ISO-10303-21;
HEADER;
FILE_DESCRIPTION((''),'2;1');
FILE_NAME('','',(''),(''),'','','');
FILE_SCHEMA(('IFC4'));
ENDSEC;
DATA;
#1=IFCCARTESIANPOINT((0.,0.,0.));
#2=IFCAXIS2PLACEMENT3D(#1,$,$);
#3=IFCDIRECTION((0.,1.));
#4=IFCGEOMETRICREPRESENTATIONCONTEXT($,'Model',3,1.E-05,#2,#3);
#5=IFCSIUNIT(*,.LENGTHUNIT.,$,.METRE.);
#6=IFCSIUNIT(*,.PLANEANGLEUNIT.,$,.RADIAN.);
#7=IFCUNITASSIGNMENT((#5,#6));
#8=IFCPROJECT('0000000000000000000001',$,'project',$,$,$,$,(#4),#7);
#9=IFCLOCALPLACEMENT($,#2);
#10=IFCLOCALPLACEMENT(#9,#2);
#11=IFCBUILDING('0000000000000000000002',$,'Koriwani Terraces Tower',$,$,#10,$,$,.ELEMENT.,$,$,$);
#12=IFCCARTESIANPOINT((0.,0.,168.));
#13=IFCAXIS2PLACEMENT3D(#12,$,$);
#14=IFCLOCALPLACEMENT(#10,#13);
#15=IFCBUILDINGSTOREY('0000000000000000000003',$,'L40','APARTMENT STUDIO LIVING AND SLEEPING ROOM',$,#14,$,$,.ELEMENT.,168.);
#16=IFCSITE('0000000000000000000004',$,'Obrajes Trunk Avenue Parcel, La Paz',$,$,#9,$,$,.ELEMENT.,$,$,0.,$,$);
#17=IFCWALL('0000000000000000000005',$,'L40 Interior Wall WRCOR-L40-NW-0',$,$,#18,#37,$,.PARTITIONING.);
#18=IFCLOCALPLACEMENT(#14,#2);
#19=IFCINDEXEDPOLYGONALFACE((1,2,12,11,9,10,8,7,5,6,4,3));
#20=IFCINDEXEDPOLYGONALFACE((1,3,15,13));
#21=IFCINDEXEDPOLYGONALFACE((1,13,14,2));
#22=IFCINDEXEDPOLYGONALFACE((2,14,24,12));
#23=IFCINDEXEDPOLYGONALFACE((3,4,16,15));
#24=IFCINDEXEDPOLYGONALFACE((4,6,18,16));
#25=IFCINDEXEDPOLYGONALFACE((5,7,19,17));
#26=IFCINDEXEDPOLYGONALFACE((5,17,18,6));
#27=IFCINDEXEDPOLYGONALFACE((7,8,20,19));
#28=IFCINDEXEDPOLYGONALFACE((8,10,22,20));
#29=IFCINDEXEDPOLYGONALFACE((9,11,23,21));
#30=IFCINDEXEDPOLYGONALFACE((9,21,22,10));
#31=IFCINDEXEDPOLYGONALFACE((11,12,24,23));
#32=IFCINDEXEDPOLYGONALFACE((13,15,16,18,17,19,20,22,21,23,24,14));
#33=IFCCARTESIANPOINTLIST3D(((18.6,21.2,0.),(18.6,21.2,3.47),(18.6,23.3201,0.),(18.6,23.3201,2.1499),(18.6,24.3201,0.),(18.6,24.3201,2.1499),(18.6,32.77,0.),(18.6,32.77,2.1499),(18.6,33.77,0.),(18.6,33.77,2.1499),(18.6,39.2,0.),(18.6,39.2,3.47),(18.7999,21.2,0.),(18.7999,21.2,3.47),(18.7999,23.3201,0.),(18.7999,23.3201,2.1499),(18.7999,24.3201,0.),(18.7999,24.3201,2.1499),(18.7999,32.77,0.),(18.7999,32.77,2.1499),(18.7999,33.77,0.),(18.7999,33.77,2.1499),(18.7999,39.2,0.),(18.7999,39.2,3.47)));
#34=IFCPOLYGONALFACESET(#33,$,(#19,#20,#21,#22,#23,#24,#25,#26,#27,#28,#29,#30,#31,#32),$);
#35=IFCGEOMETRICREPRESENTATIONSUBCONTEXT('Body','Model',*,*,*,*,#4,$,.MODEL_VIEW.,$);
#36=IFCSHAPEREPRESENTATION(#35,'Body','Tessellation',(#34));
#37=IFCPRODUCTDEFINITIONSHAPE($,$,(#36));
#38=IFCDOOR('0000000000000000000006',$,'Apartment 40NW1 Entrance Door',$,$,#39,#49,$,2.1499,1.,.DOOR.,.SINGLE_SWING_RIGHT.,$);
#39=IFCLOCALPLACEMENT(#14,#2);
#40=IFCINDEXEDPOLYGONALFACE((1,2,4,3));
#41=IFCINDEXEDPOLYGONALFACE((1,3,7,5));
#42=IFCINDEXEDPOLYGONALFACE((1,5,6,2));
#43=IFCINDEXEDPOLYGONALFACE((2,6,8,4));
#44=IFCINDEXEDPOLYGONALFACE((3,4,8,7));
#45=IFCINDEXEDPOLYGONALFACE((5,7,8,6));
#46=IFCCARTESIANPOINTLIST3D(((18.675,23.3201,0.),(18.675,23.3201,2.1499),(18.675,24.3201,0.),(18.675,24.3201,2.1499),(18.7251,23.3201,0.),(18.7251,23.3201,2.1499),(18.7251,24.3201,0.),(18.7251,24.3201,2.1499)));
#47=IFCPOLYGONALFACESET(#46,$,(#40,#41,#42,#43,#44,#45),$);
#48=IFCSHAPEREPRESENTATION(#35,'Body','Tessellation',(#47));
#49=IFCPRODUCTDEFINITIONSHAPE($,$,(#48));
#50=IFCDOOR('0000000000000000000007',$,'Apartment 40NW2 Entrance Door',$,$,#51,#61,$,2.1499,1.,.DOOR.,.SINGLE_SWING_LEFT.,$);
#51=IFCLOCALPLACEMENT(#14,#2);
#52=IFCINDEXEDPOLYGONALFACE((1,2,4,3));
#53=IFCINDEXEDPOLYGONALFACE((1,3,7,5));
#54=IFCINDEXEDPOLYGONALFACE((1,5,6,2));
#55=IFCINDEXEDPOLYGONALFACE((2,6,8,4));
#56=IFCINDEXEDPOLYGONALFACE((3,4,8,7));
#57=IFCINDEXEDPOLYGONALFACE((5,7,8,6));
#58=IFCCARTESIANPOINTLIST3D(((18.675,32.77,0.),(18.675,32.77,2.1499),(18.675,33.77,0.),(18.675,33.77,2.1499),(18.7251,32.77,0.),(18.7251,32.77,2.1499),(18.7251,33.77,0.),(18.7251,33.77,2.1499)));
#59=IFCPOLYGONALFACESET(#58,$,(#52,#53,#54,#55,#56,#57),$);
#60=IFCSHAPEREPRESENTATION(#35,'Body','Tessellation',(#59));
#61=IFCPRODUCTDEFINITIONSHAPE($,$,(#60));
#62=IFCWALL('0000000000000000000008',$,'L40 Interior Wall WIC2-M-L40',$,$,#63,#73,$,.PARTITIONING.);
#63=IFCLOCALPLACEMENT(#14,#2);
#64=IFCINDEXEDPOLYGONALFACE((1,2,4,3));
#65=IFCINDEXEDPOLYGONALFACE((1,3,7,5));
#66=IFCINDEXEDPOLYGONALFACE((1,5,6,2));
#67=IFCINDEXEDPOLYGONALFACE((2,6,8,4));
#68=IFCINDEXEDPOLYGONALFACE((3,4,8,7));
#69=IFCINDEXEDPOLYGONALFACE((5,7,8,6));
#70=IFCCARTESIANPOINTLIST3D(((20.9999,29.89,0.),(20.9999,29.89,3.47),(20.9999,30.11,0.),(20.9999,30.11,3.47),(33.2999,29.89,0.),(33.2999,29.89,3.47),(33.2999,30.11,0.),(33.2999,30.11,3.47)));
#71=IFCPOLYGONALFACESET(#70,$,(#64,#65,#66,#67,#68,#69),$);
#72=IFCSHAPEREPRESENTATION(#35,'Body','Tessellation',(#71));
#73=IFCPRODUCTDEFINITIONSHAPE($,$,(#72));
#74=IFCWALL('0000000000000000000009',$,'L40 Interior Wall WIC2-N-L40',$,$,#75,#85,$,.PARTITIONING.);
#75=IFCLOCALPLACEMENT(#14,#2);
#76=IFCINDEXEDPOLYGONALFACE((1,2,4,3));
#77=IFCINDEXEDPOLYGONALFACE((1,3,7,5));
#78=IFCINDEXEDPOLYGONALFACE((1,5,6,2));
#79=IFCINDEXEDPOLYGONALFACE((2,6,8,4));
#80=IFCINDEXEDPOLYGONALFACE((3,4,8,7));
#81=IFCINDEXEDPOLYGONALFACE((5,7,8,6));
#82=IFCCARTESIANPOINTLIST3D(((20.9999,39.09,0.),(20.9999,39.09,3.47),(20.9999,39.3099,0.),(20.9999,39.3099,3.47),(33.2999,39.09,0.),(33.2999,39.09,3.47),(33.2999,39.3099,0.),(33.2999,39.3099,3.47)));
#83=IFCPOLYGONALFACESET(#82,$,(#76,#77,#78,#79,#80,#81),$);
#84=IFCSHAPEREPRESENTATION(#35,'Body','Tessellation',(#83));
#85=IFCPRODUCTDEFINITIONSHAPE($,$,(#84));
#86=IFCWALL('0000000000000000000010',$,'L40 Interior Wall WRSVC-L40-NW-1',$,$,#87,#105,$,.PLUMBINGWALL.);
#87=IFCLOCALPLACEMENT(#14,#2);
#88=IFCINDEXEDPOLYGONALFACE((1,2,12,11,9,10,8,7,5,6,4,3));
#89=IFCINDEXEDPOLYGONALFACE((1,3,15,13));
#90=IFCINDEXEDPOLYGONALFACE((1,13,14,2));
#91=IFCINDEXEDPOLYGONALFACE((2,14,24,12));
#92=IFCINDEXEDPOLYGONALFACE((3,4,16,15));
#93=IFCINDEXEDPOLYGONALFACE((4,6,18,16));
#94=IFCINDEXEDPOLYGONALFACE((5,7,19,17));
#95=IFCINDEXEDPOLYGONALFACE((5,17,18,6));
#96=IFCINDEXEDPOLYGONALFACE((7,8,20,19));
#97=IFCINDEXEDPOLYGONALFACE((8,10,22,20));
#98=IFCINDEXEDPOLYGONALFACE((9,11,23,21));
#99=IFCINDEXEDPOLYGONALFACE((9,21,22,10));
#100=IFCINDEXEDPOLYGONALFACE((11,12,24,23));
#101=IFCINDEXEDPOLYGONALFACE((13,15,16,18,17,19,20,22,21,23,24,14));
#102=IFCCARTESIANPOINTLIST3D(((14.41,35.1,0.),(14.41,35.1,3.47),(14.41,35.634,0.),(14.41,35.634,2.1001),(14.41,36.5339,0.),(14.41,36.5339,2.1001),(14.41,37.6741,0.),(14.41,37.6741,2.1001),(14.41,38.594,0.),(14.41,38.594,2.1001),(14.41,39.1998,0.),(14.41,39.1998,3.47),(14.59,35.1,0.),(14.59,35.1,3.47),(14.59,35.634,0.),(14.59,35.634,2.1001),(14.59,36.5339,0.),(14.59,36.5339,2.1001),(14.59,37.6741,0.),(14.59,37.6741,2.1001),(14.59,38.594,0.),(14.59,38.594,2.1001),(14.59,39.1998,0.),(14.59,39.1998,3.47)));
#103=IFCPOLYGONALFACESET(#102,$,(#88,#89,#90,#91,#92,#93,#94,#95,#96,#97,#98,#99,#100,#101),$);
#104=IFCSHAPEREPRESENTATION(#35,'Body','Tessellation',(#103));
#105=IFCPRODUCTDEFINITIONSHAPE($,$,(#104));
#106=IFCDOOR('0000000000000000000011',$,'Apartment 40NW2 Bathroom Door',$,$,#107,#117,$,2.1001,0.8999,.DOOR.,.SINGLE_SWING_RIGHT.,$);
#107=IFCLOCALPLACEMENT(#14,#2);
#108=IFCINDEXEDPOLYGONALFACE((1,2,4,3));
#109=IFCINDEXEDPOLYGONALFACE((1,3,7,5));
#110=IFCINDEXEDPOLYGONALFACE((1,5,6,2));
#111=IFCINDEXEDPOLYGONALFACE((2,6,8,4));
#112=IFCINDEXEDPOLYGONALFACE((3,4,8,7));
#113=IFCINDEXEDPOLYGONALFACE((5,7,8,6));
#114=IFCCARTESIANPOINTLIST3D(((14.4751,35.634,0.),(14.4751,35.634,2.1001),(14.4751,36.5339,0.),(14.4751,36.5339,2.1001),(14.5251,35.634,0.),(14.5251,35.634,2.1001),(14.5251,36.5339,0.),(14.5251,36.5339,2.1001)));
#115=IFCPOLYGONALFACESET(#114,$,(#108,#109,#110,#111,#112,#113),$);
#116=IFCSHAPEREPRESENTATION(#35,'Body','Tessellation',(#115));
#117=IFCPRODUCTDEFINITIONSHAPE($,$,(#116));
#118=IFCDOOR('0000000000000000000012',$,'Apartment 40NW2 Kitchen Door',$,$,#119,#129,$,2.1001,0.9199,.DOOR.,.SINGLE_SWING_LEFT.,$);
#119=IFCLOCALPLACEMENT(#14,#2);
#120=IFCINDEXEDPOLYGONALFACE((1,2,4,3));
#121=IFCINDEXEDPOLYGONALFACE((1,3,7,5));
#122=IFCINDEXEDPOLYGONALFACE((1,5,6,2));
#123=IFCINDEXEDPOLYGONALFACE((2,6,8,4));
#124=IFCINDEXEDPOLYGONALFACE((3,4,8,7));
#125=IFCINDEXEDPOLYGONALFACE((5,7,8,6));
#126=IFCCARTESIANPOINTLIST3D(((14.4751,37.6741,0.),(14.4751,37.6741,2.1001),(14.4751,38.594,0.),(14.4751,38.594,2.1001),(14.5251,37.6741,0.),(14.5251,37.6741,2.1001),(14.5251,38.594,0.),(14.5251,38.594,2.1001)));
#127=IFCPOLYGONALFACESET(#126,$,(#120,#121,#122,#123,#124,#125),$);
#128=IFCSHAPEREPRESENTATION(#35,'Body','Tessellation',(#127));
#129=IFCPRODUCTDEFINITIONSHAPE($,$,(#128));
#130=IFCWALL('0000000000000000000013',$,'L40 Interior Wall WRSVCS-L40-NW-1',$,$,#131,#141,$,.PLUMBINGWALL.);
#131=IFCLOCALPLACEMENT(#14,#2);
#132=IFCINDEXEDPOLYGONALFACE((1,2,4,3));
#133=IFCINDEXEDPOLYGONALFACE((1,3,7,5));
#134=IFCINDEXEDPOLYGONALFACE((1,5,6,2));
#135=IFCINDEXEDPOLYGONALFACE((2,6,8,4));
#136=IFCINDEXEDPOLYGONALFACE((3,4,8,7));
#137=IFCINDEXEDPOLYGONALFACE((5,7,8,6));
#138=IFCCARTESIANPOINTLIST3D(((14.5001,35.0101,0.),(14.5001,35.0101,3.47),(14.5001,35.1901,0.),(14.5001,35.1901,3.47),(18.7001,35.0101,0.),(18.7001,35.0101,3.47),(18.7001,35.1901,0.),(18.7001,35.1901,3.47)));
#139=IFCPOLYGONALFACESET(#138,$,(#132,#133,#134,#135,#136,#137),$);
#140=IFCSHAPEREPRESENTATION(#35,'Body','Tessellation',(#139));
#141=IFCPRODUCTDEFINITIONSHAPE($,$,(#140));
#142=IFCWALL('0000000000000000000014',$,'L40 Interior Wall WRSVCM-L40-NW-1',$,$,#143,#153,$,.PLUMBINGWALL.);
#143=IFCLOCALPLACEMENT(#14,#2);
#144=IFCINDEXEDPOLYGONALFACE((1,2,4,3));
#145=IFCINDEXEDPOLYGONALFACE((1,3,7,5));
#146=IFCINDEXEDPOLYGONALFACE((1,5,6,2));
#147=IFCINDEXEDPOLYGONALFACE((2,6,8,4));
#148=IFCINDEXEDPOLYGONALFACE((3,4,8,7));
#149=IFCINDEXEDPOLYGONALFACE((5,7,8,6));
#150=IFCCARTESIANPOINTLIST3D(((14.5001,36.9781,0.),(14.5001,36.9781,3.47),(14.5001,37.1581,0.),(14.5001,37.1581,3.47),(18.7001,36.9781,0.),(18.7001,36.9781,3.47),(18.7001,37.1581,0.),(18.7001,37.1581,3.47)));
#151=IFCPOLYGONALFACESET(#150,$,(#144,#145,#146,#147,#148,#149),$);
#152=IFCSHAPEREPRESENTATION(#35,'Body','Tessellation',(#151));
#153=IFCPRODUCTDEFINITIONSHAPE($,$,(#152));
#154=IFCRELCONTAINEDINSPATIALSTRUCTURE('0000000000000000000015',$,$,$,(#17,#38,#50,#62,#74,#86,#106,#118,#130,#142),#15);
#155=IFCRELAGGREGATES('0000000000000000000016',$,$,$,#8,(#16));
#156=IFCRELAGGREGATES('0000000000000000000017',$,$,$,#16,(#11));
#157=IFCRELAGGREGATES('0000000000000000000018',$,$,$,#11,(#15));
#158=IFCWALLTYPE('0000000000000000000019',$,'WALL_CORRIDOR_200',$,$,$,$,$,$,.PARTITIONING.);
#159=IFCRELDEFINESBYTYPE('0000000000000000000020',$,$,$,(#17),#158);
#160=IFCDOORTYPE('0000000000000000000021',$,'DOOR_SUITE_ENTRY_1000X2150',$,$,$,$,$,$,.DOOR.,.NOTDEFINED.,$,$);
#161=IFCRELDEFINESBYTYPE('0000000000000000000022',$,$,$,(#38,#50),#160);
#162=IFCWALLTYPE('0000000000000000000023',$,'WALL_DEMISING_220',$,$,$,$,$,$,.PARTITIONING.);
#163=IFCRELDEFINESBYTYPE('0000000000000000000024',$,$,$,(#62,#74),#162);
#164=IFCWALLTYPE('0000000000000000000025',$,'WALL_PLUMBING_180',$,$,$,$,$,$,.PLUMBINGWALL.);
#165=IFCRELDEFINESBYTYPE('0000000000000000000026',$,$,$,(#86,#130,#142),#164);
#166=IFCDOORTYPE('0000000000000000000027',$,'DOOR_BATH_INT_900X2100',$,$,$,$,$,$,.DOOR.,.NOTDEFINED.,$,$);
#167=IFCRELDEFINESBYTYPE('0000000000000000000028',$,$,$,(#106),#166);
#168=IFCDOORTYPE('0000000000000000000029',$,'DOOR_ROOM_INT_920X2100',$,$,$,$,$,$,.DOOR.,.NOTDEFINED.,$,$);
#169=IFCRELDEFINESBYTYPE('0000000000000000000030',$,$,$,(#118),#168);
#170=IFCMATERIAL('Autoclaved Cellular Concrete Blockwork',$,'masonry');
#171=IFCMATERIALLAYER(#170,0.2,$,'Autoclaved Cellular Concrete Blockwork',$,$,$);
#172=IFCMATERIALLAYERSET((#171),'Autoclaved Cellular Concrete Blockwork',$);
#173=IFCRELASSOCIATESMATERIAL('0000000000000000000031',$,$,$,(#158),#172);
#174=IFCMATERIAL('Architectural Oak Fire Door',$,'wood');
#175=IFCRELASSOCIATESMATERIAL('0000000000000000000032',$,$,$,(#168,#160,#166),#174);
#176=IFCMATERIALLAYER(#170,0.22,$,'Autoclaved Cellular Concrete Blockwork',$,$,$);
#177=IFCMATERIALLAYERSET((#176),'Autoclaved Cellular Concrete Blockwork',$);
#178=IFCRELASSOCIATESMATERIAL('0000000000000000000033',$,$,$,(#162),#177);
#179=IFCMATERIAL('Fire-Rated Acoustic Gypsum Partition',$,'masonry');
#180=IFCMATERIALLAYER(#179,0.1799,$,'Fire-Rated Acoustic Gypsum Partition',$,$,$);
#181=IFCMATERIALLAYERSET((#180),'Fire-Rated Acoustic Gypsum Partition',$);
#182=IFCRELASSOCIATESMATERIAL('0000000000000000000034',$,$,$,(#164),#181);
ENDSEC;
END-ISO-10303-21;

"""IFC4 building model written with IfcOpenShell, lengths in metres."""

from ifc_helpers import new_model, si_unit, direction, frame, frame_2d, origin, place, context, subcontext, project, spatial, rectangle, extrude, material, layer, layer_set, type_object, element, fill, save


model = new_model("IFC4")

# Units and contexts
model_context = context("Model", 3, precision=1e-05, world=origin(), true_north=direction((0.0, 1.0)))
body_context = subcontext(model_context, "Body", "Model", "MODEL_VIEW")
ifc_project = project(units=[si_unit("LENGTHUNIT", "METRE"), si_unit("PLANEANGLEUNIT", "RADIAN")], contexts=[model_context])

# Site, building, storey
site_placement = place(None, origin())
site = spatial("IfcSite", under=ifc_project, at=site_placement, Name="Obrajes Trunk Avenue Parcel, La Paz", CompositionType="ELEMENT", RefElevation=0.0)
building_placement = place(site_placement, origin())
building = spatial("IfcBuilding", under=site, at=building_placement, Name="Koriwani Terraces Tower", CompositionType="ELEMENT")
storey_placement = place(building_placement, frame((0.0, 0.0, 168.0)))
storey = spatial("IfcBuildingStorey", under=building, at=storey_placement, Name="L40", Description="APARTMENT STUDIO LIVING AND SLEEPING ROOM", CompositionType="ELEMENT", Elevation=168.0)

# Shared definitions
ifc_material_1 = material(Name="Autoclaved Cellular Concrete Blockwork", Category="masonry")
ifc_layer_1 = layer(ifc_material_1, 0.2, Name="Autoclaved Cellular Concrete Blockwork")
ifc_layer_set_1 = layer_set([ifc_layer_1], Name="Autoclaved Cellular Concrete Blockwork")
wall_type_1 = type_object("IfcWallType", Name="WALL_CORRIDOR_200", PredefinedType="PARTITIONING", material=ifc_layer_set_1)
ifc_material_2 = material(Name="Architectural Oak Fire Door", Category="wood")
door_type_1 = type_object("IfcDoorType", Name="DOOR_ROOM_INT_920X2100", OperationType="NOTDEFINED", PredefinedType="DOOR", material=ifc_material_2)

# Wall, openings, doors
wall_1_placement = place(storey_placement, frame((18.7, 21.2, 0.0), z_axis=(0.0, 0.0, 1.0), x_axis=(0.0, 1.0, 0.0)))
wall_1 = element("IfcWall", 1, at=wall_1_placement, inside=storey, type_object=wall_type_1, Name="L40 Interior Wall WRCOR-L40-NW-0", PredefinedType="PARTITIONING", context=body_context, shape_type="SweptSolid", body=[
    extrude(rectangle(XDim=18.0, YDim=0.2, at=frame_2d((9.0, 0.0))), origin(), (0.0, 0.0, 1.0), 3.47),
])
opening_1_placement = place(wall_1_placement, frame((2.1201, 0.0, 0.0)))
opening_1 = element("IfcOpeningElement", 2, at=opening_1_placement, cuts=wall_1, PredefinedType="OPENING", context=body_context, shape_type="SweptSolid", body=[
    extrude(rectangle(XDim=1.0, YDim=2.1499, at=frame_2d((0.5, 1.075))), frame((0.0, 0.1099, 0.0), z_axis=(0.0, -1.0, 0.0), x_axis=(1.0, 0.0, 0.0)), (0.0, 0.0, 1.0), 0.22),
])
opening_2_placement = place(wall_1_placement, frame((11.5701, 0.0, 0.0)))
opening_2 = element("IfcOpeningElement", 3, at=opening_2_placement, cuts=wall_1, PredefinedType="OPENING", context=body_context, shape_type="SweptSolid", body=[
    extrude(rectangle(XDim=1.0, YDim=2.1499, at=frame_2d((0.5, 1.075))), frame((0.0, 0.1099, 0.0), z_axis=(0.0, -1.0, 0.0), x_axis=(1.0, 0.0, 0.0)), (0.0, 0.0, 1.0), 0.22),
])
door_type_2 = type_object("IfcDoorType", Name="DOOR_SUITE_ENTRY_1000X2150", OperationType="NOTDEFINED", PredefinedType="DOOR", material=ifc_material_2)
door_1_placement = place(opening_1_placement, origin())
door_1 = element("IfcDoor", 4, at=door_1_placement, inside=storey, type_object=door_type_2, Name="Apartment 40NW1 Entrance Door", OperationType="SINGLE_SWING_RIGHT", OverallHeight=2.1499, OverallWidth=1.0, PredefinedType="DOOR", context=body_context, shape_type="SweptSolid", body=[
    extrude(rectangle(XDim=1.0, YDim=2.1499, at=frame_2d((0.5, 1.075))), frame((0.0, 0.0249, 0.0), z_axis=(0.0, -1.0, 0.0), x_axis=(1.0, 0.0, 0.0)), (0.0, 0.0, 1.0), 0.05),
])
fill(opening_1, door_1)
door_2_placement = place(opening_2_placement, origin())
door_2 = element("IfcDoor", 5, at=door_2_placement, inside=storey, type_object=door_type_2, Name="Apartment 40NW2 Entrance Door", OperationType="SINGLE_SWING_LEFT", OverallHeight=2.1499, OverallWidth=1.0, PredefinedType="DOOR", context=body_context, shape_type="SweptSolid", body=[
    extrude(rectangle(XDim=1.0, YDim=2.1499, at=frame_2d((0.5, 1.075))), frame((0.0, 0.0249, 0.0), z_axis=(0.0, -1.0, 0.0), x_axis=(1.0, 0.0, 0.0)), (0.0, 0.0, 1.0), 0.05),
])
fill(opening_2, door_2)

# Walls
ifc_layer_2 = layer(ifc_material_1, 0.22, Name="Autoclaved Cellular Concrete Blockwork")
ifc_layer_set_2 = layer_set([ifc_layer_2], Name="Autoclaved Cellular Concrete Blockwork")
wall_type_2 = type_object("IfcWallType", Name="WALL_DEMISING_220", PredefinedType="PARTITIONING", material=ifc_layer_set_2)
for number, where, z_axis, x_axis, name in (
    (6, (21.0, 30.0, 0.0), (0.0, 0.0, 1.0), (1.0, 0.0, 0.0), "L40 Interior Wall WIC2-M-L40"),
    (7, (21.0, 39.2, 0.0), (0.0, 0.0, 1.0), (1.0, 0.0, 0.0), "L40 Interior Wall WIC2-N-L40"),
):
    element("IfcWall", number, at=place(storey_placement, frame(where, z_axis=z_axis, x_axis=x_axis)), inside=storey, type_object=wall_type_2, Name=name, PredefinedType="PARTITIONING", context=body_context, shape_type="SweptSolid", body=[
        extrude(rectangle(XDim=12.3, YDim=0.22, at=frame_2d((6.1499, 0.0))), origin(), (0.0, 0.0, 1.0), 3.47),
    ])

# Wall, openings, doors
ifc_material_3 = material(Name="Fire-Rated Acoustic Gypsum Partition", Category="masonry")
ifc_layer_3 = layer(ifc_material_3, 0.1799, Name="Fire-Rated Acoustic Gypsum Partition")
ifc_layer_set_3 = layer_set([ifc_layer_3], Name="Fire-Rated Acoustic Gypsum Partition")
wall_type_3 = type_object("IfcWallType", Name="WALL_PLUMBING_180", PredefinedType="PLUMBINGWALL", material=ifc_layer_set_3)
wall_2_placement = place(storey_placement, frame((14.5, 35.1001, 0.0), z_axis=(0.0, 0.0, 1.0), x_axis=(0.0, 1.0, 0.0)))
wall_2 = element("IfcWall", 8, at=wall_2_placement, inside=storey, type_object=wall_type_3, Name="L40 Interior Wall WRSVC-L40-NW-1", PredefinedType="PLUMBINGWALL", context=body_context, shape_type="SweptSolid", body=[
    extrude(rectangle(XDim=4.0999, YDim=0.1799, at=frame_2d((2.0498, 0.0))), origin(), (0.0, 0.0, 1.0), 3.47),
])
opening_3_placement = place(wall_2_placement, frame((0.5339, 0.0, 0.0)))
opening_3 = element("IfcOpeningElement", 9, at=opening_3_placement, cuts=wall_2, PredefinedType="OPENING", context=body_context, shape_type="SweptSolid", body=[
    extrude(rectangle(XDim=0.8999, YDim=2.1001, at=frame_2d((0.45, 1.05))), frame((0.0, 0.1001, 0.0), z_axis=(0.0, -1.0, 0.0), x_axis=(1.0, 0.0, 0.0)), (0.0, 0.0, 1.0), 0.2),
])
opening_4_placement = place(wall_2_placement, frame((2.574, 0.0, 0.0)))
opening_4 = element("IfcOpeningElement", 10, at=opening_4_placement, cuts=wall_2, PredefinedType="OPENING", context=body_context, shape_type="SweptSolid", body=[
    extrude(rectangle(XDim=0.9199, YDim=2.1001, at=frame_2d((0.46, 1.05))), frame((0.0, 0.1001, 0.0), z_axis=(0.0, -1.0, 0.0), x_axis=(1.0, 0.0, 0.0)), (0.0, 0.0, 1.0), 0.2),
])
door_type_3 = type_object("IfcDoorType", Name="DOOR_BATH_INT_900X2100", OperationType="NOTDEFINED", PredefinedType="DOOR", material=ifc_material_2)
door_3_placement = place(opening_3_placement, origin())
door_3 = element("IfcDoor", 11, at=door_3_placement, inside=storey, type_object=door_type_3, Name="Apartment 40NW2 Bathroom Door", OperationType="SINGLE_SWING_RIGHT", OverallHeight=2.1001, OverallWidth=0.8999, PredefinedType="DOOR", context=body_context, shape_type="SweptSolid", body=[
    extrude(rectangle(XDim=0.8999, YDim=2.1001, at=frame_2d((0.45, 1.05))), frame((0.0, 0.0249, 0.0), z_axis=(0.0, -1.0, 0.0), x_axis=(1.0, 0.0, 0.0)), (0.0, 0.0, 1.0), 0.05),
])
fill(opening_3, door_3)
door_4_placement = place(opening_4_placement, origin())
door_4 = element("IfcDoor", 12, at=door_4_placement, inside=storey, type_object=door_type_1, Name="Apartment 40NW2 Kitchen Door", OperationType="SINGLE_SWING_LEFT", OverallHeight=2.1001, OverallWidth=0.9199, PredefinedType="DOOR", context=body_context, shape_type="SweptSolid", body=[
    extrude(rectangle(XDim=0.9199, YDim=2.1001, at=frame_2d((0.46, 1.05))), frame((0.0, 0.0249, 0.0), z_axis=(0.0, -1.0, 0.0), x_axis=(1.0, 0.0, 0.0)), (0.0, 0.0, 1.0), 0.05),
])
fill(opening_4, door_4)

# Walls
for number, where, z_axis, x_axis, name in (
    (13, (14.5, 35.1001, 0.0), (0.0, 0.0, 1.0), (1.0, 0.0, 0.0), "L40 Interior Wall WRSVCS-L40-NW-1"),
    (14, (14.5, 37.0681, 0.0), (0.0, 0.0, 1.0), (1.0, 0.0, 0.0), "L40 Interior Wall WRSVCM-L40-NW-1"),
):
    element("IfcWall", number, at=place(storey_placement, frame(where, z_axis=z_axis, x_axis=x_axis)), inside=storey, type_object=wall_type_3, Name=name, PredefinedType="PLUMBINGWALL", context=body_context, shape_type="SweptSolid", body=[
        extrude(rectangle(XDim=4.2, YDim=0.1799, at=frame_2d((2.1001, 0.0))), origin(), (0.0, 0.0, 1.0), 3.47),
    ])

save(model, "model.ifc")
